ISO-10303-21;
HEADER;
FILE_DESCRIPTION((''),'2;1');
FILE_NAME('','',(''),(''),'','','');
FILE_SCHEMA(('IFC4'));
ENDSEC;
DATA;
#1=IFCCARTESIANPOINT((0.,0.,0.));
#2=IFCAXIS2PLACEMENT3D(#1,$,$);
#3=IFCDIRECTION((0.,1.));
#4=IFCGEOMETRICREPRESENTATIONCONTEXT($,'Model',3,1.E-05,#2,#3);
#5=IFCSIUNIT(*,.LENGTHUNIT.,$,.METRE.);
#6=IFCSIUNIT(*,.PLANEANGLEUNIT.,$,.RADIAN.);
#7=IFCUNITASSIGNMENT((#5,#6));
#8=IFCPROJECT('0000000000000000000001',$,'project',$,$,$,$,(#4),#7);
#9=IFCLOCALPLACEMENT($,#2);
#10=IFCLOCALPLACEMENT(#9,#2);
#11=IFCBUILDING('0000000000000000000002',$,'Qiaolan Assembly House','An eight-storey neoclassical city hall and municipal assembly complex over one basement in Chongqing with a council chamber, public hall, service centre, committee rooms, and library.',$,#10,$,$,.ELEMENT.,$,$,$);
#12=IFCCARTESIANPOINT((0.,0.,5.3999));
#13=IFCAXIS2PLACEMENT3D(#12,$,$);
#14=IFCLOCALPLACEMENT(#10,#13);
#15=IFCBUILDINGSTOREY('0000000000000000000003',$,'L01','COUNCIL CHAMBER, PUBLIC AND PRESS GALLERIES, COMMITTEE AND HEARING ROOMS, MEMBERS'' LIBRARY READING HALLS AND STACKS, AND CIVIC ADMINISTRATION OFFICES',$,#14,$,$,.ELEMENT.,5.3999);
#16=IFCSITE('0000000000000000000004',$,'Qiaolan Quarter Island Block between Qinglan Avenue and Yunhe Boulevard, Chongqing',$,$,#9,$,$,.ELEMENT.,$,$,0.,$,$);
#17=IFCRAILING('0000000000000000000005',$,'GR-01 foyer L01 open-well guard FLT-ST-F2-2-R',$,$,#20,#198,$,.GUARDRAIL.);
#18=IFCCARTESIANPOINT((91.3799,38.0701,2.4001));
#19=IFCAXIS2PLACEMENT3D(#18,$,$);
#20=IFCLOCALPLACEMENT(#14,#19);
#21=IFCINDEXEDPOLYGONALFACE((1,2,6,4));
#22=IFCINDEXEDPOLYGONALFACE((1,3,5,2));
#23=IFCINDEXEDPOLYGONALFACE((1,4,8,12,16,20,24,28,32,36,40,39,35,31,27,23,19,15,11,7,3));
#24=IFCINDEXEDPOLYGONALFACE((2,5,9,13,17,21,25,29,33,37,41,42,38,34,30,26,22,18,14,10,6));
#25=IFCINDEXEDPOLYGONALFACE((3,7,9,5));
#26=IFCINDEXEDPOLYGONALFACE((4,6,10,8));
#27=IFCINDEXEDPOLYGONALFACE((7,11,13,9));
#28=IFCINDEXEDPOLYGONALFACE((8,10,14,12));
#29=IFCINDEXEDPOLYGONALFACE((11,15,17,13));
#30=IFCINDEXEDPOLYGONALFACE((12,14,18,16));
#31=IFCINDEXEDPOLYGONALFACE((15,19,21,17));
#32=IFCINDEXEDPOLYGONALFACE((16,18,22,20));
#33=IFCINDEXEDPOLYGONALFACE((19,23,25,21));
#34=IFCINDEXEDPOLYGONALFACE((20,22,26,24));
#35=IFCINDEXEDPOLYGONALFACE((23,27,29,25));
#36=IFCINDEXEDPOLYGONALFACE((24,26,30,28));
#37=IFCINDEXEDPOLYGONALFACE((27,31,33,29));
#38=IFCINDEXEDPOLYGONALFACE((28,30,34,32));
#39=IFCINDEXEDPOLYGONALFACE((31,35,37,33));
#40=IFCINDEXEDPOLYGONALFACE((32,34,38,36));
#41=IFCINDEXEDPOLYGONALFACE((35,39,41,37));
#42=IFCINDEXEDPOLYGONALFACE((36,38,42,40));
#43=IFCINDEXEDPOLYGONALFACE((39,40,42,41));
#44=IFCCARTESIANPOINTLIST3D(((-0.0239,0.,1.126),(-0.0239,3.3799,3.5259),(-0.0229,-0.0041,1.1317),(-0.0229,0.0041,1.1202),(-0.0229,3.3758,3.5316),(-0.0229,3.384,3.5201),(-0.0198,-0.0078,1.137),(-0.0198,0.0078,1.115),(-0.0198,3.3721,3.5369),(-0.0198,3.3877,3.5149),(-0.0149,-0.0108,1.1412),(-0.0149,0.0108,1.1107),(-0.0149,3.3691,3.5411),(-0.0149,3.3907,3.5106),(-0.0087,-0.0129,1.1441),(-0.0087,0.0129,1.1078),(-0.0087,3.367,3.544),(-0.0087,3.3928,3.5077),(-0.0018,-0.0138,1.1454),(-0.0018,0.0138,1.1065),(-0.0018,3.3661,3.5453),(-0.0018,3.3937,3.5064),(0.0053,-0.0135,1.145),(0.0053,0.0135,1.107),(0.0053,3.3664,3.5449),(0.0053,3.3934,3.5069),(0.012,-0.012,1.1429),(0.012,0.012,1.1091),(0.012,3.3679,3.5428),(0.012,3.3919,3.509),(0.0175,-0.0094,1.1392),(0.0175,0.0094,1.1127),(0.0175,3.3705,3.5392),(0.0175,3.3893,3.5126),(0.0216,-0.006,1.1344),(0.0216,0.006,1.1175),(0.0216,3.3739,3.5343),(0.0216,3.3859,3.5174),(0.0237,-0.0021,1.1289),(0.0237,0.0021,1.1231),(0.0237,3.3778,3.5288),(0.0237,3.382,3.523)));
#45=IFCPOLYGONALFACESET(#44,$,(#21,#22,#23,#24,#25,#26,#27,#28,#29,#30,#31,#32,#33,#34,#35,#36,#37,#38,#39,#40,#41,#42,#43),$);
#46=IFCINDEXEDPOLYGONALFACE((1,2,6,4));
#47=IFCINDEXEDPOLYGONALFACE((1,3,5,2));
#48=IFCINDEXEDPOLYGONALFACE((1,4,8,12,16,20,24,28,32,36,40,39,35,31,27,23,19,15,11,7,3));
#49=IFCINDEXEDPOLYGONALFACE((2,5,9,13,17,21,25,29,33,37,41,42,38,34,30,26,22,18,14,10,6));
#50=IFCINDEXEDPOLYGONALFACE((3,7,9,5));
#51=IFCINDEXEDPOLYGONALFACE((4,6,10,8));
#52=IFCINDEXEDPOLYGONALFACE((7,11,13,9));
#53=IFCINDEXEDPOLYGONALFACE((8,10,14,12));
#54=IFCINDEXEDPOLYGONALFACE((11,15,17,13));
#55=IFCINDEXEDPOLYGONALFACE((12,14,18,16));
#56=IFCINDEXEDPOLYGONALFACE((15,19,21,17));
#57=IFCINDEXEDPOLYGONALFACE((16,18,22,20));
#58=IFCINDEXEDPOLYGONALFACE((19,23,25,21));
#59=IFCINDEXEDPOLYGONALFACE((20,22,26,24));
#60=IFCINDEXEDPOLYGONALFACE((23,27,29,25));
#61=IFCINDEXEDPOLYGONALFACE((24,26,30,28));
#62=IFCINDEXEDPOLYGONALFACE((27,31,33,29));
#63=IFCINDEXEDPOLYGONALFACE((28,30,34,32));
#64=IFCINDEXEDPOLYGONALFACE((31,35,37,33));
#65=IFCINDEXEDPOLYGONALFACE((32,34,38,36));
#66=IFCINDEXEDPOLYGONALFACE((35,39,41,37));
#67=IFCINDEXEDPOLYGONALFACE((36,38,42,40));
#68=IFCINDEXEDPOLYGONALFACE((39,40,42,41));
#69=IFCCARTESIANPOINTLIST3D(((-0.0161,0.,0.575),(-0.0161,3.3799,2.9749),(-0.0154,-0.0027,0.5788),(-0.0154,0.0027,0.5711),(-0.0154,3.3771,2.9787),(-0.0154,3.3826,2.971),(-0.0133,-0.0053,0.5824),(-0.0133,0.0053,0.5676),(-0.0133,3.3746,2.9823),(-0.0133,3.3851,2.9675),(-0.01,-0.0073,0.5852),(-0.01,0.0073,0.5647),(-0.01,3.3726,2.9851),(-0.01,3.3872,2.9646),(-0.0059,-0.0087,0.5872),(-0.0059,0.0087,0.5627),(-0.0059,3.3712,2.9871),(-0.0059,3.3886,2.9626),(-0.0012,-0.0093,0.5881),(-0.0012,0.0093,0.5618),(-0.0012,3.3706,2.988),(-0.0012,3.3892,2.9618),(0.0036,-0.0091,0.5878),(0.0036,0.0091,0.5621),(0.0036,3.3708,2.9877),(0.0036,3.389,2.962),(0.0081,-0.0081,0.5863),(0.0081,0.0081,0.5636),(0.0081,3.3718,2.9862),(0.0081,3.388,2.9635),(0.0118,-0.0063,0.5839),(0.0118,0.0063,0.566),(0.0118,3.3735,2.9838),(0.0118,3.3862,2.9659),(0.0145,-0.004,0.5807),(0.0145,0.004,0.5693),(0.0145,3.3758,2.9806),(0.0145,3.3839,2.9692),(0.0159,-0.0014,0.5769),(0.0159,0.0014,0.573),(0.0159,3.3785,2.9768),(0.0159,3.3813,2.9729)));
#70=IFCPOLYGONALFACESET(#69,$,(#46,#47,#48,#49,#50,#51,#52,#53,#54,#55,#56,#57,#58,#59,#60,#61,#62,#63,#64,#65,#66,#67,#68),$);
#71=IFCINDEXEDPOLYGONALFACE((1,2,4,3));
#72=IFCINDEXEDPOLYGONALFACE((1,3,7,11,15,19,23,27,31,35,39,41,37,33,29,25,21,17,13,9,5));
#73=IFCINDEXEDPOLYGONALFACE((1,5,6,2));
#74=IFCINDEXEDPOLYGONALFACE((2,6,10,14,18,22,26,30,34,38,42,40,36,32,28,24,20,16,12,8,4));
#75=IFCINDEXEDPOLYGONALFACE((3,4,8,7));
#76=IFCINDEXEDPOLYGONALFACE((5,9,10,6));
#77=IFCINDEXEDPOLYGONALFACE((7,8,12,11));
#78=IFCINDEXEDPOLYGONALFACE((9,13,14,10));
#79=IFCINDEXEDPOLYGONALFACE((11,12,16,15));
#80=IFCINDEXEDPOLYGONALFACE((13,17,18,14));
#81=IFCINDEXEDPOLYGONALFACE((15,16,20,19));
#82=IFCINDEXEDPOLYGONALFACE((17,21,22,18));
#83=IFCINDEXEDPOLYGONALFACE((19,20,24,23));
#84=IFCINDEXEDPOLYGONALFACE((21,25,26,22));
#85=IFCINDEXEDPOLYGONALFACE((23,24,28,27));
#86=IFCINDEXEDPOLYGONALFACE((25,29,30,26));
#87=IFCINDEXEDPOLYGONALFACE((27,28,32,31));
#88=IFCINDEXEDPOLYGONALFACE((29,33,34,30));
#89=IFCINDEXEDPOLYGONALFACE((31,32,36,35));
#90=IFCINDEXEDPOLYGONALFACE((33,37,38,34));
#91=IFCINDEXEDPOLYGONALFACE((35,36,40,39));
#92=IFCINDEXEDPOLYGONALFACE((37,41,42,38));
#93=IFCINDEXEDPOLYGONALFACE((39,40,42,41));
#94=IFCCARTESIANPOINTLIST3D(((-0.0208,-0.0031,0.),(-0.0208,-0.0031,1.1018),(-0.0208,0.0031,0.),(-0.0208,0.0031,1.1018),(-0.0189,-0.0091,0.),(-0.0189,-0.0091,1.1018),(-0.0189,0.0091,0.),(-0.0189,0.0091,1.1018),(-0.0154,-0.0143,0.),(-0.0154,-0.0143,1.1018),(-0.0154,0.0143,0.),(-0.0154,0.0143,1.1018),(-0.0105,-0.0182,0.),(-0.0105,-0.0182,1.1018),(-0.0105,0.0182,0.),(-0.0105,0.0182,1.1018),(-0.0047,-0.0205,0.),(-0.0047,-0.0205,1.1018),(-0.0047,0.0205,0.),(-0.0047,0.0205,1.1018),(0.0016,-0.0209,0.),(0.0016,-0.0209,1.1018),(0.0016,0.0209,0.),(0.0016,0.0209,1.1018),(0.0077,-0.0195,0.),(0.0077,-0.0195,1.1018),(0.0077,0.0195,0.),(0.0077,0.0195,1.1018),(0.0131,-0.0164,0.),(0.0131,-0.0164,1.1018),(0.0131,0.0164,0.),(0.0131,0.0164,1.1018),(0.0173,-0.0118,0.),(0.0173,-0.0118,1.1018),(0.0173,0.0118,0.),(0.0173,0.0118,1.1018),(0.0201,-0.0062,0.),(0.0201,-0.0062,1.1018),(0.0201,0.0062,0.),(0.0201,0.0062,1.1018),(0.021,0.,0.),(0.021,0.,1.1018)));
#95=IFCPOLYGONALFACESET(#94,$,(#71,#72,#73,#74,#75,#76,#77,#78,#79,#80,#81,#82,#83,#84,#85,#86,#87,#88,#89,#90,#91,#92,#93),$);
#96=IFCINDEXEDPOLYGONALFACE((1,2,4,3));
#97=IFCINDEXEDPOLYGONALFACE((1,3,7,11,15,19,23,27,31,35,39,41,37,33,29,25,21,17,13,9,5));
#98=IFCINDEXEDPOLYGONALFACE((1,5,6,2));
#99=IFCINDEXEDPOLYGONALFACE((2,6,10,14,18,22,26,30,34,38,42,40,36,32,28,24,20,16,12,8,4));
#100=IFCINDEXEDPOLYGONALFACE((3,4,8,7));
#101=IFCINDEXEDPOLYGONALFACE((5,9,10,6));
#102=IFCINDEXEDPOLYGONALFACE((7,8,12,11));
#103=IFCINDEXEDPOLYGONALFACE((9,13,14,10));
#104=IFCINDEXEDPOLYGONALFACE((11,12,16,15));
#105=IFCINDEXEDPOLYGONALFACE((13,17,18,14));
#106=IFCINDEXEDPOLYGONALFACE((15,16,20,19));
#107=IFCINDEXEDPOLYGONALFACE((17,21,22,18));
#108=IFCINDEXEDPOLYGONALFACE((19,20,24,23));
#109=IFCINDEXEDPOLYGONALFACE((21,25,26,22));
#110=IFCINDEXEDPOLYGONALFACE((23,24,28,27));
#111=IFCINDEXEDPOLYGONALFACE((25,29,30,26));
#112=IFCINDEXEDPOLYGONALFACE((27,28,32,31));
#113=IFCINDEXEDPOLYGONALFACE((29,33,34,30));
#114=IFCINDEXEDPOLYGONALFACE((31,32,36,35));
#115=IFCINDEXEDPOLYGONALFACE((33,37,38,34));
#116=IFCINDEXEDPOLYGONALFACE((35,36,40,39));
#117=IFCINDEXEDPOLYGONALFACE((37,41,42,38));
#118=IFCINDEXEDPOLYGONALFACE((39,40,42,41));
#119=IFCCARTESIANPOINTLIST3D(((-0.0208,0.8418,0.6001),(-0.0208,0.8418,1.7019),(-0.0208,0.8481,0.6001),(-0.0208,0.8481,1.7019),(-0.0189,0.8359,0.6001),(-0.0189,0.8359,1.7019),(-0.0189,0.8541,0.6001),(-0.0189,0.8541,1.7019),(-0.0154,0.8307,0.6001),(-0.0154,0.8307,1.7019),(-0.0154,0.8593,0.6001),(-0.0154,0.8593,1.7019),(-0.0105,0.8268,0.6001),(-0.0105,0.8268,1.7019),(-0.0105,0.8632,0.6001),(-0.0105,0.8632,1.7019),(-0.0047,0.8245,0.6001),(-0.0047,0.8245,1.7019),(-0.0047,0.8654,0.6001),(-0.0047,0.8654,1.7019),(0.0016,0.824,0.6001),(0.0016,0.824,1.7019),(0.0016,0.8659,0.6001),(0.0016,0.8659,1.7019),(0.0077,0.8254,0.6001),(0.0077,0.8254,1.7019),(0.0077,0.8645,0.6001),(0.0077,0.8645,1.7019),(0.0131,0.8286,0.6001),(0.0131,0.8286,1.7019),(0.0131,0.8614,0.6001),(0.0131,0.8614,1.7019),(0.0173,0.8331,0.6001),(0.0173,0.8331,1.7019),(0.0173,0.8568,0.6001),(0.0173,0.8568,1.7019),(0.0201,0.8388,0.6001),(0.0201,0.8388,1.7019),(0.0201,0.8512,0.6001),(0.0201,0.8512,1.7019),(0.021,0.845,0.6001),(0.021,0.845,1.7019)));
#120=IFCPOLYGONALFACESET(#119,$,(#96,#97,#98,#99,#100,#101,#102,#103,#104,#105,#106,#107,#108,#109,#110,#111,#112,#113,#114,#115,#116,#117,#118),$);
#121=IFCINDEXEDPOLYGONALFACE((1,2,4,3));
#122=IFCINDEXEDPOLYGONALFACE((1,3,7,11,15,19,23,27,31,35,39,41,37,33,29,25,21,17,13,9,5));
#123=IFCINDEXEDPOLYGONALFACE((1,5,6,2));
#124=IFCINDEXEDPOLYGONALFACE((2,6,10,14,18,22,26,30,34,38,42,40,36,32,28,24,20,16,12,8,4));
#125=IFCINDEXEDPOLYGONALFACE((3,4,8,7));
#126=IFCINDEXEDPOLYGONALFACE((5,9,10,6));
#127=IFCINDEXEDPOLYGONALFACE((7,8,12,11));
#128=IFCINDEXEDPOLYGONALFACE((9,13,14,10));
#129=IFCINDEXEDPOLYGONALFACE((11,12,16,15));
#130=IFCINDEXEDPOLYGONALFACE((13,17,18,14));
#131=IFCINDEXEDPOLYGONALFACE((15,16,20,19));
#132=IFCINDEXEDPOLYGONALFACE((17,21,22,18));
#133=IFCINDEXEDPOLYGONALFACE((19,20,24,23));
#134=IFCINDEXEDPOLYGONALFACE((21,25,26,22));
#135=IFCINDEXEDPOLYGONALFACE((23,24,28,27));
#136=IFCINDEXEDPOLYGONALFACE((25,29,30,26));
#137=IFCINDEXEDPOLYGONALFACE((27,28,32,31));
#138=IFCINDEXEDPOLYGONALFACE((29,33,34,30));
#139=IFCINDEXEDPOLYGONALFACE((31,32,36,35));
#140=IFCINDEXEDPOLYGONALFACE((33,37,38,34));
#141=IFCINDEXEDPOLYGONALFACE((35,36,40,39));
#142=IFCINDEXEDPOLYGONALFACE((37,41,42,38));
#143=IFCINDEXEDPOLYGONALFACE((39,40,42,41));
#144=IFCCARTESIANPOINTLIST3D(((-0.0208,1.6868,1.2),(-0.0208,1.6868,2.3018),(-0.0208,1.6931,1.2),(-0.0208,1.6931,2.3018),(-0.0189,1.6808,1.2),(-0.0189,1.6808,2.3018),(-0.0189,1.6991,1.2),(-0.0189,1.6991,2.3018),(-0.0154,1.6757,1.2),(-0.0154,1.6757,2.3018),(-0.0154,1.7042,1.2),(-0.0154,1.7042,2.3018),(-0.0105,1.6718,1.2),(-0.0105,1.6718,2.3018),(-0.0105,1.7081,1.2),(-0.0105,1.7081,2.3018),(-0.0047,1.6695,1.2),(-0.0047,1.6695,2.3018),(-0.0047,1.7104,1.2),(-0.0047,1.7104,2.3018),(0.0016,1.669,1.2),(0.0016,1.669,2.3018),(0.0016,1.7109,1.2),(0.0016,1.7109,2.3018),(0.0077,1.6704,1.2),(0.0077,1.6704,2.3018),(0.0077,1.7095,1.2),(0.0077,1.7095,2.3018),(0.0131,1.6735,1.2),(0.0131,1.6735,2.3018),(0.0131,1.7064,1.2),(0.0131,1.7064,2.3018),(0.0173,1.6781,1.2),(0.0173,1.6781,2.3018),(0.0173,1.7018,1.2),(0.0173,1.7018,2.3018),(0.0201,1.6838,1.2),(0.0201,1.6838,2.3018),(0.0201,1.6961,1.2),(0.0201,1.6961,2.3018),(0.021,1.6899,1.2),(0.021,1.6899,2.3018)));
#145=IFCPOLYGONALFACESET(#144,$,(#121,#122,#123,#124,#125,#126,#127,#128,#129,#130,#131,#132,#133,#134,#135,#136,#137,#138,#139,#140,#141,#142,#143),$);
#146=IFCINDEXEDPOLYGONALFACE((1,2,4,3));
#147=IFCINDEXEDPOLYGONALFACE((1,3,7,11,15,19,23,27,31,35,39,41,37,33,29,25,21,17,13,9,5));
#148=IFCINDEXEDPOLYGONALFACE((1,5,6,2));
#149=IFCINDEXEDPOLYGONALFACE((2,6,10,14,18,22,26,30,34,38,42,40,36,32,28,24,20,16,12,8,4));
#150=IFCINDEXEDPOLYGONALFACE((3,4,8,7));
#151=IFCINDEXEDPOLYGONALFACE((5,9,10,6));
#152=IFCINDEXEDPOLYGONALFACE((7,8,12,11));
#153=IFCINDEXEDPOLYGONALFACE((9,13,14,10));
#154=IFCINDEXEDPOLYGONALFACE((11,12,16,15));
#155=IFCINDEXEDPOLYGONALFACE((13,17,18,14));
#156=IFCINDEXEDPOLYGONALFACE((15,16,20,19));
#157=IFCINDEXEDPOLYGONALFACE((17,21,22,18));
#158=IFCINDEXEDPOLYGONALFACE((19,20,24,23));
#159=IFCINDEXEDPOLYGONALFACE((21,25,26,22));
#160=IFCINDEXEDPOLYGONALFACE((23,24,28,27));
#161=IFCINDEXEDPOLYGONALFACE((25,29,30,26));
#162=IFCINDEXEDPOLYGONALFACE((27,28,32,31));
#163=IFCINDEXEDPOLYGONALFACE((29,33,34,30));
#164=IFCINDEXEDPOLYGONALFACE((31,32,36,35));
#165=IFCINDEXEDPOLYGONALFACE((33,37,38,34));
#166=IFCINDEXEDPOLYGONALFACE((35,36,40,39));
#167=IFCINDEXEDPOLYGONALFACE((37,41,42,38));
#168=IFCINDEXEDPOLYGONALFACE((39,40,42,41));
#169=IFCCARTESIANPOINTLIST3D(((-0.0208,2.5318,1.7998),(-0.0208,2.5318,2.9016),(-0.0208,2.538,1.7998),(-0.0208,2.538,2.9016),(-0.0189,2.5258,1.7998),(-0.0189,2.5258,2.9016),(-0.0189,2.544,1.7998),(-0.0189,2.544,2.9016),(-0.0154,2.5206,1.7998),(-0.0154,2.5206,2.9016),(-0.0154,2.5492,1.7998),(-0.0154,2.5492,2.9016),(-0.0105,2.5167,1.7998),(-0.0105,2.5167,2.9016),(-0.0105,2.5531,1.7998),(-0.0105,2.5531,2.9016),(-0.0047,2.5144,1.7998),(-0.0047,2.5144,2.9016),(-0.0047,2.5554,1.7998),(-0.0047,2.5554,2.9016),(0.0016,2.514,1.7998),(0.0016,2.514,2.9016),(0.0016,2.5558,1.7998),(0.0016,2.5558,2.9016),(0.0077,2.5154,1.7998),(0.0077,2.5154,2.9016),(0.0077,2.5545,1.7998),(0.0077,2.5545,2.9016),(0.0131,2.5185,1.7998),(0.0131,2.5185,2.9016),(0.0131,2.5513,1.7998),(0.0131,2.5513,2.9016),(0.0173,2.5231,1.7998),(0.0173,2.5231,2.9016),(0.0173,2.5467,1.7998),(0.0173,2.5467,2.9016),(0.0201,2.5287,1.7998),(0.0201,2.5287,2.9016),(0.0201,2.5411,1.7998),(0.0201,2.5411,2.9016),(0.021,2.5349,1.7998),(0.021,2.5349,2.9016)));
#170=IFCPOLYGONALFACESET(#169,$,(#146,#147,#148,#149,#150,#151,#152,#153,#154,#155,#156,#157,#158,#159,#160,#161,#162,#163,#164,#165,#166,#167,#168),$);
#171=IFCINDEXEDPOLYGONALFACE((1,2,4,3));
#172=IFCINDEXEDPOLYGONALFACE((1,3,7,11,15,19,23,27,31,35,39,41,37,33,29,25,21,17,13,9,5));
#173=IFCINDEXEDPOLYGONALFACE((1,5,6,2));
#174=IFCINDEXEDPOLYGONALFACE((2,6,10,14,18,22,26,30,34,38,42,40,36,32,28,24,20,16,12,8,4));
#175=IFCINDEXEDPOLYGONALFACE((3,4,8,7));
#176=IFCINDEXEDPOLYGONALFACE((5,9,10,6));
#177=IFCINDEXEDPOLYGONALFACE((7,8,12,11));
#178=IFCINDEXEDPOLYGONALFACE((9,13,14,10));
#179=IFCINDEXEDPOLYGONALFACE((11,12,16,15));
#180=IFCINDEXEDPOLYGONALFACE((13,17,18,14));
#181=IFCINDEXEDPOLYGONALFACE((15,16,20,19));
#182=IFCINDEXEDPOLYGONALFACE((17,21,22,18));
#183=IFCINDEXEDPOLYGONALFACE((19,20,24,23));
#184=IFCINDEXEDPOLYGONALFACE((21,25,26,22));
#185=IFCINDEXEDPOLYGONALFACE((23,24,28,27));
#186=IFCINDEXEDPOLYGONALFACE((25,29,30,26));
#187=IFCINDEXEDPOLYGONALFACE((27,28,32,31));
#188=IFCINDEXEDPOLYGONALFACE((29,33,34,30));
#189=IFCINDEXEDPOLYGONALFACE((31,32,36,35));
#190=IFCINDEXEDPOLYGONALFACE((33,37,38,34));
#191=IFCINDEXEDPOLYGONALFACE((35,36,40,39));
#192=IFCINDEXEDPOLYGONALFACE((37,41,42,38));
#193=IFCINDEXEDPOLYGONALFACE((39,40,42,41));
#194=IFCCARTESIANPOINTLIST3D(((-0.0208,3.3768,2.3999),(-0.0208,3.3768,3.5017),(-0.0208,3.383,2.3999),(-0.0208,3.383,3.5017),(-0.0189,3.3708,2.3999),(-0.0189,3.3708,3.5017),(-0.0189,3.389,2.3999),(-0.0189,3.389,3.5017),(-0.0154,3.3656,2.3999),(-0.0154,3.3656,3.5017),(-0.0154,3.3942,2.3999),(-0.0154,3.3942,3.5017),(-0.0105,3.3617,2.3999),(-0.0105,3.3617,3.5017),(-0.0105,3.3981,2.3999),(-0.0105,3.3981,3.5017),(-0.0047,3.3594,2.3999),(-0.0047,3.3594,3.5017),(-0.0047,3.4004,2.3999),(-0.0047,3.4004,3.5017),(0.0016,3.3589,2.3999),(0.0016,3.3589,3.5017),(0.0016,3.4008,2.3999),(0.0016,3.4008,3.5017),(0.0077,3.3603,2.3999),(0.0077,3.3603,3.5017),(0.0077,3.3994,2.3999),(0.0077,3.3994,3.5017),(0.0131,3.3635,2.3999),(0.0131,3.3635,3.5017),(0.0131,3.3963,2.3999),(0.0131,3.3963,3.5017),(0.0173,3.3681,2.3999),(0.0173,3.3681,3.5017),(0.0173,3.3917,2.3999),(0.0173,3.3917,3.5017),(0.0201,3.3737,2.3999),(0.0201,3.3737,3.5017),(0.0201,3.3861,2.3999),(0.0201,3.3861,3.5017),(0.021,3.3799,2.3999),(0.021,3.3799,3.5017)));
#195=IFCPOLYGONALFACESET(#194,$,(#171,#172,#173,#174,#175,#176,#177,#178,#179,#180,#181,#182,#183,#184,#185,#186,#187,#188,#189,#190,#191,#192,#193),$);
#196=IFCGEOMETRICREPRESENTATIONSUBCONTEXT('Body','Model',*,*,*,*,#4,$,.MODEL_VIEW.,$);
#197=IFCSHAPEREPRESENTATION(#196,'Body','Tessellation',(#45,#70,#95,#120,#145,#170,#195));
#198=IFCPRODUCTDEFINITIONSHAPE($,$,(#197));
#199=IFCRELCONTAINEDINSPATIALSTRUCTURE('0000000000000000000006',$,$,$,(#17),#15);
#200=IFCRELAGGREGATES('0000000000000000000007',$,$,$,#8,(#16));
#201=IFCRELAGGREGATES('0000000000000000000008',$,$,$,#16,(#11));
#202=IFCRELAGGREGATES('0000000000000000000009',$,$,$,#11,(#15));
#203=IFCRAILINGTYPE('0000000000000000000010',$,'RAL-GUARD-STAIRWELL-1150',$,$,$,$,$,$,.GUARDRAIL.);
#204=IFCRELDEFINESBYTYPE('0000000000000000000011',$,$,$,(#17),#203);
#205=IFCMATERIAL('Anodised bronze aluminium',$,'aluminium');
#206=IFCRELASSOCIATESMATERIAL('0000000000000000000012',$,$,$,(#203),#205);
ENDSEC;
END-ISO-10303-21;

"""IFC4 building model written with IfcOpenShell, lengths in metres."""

from ifc_helpers import new_model, si_unit, direction, frame, origin, origin_2d, place, context, subcontext, project, spatial, circle, extrude, material, type_object, element, save


model = new_model("IFC4")

# Units and contexts
model_context = context("Model", 3, precision=1e-05, world=origin(), true_north=direction((0.0, 1.0)))
body_context = subcontext(model_context, "Body", "Model", "MODEL_VIEW")
ifc_project = project(units=[si_unit("LENGTHUNIT", "METRE"), si_unit("PLANEANGLEUNIT", "RADIAN")], contexts=[model_context])

# Site, building, storey
site_placement = place(None, origin())
site = spatial("IfcSite", under=ifc_project, at=site_placement, Name="Qiaolan Quarter Island Block between Qinglan Avenue and Yunhe Boulevard, Chongqing", CompositionType="ELEMENT", RefElevation=0.0)
building_placement = place(site_placement, origin())
building = spatial("IfcBuilding", under=site, at=building_placement, Name="Qiaolan Assembly House", Description="An eight-storey neoclassical city hall and municipal assembly complex over one basement in Chongqing with a council chamber, public hall, service centre, committee rooms, and library.", CompositionType="ELEMENT")
storey_placement = place(building_placement, frame((0.0, 0.0, 5.3999)))
storey = spatial("IfcBuildingStorey", under=building, at=storey_placement, Name="L01", Description="COUNCIL CHAMBER, PUBLIC AND PRESS GALLERIES, COMMITTEE AND HEARING ROOMS, MEMBERS' LIBRARY READING HALLS AND STACKS, AND CIVIC ADMINISTRATION OFFICES", CompositionType="ELEMENT", Elevation=5.3999)

# Railing
ifc_material_1 = material(Name="Anodised bronze aluminium", Category="aluminium")
railing_type = type_object("IfcRailingType", Name="RAL-GUARD-STAIRWELL-1150", PredefinedType="GUARDRAIL", material=ifc_material_1)
for number, where, name in (
    (1, (91.3799, 38.0701, 2.4001), "GR-01 foyer L01 open-well guard FLT-ST-F2-2-R"),
):
    element("IfcRailing", number, at=place(storey_placement, frame(where)), inside=storey, type_object=railing_type, Name=name, PredefinedType="GUARDRAIL", context=body_context, shape_type="SweptSolid", body=[
        extrude(circle(Radius=0.0239, at=origin_2d()), frame((0.0, 0.0, 1.126), z_axis=(0.0, 0.815362, 0.578952), x_axis=(-1.0, 0.0, 0.0)), (0.0, 0.0, 1.0), 4.1453),
        extrude(circle(Radius=0.0161, at=origin_2d()), frame((0.0, 0.0, 0.575), z_axis=(0.0, 0.815362, 0.578952), x_axis=(-1.0, 0.0, 0.0)), (0.0, 0.0, 1.0), 4.1453),
        extrude(circle(Radius=0.021, at=origin_2d()), origin(), (0.0, 0.0, 1.0), 1.1018),
        extrude(circle(Radius=0.021, at=origin_2d()), frame((0.0, 0.845, 0.6001)), (0.0, 0.0, 1.0), 1.1018),
        extrude(circle(Radius=0.021, at=origin_2d()), frame((0.0, 1.6899, 1.2)), (0.0, 0.0, 1.0), 1.1018),
        extrude(circle(Radius=0.021, at=origin_2d()), frame((0.0, 2.5349, 1.7998)), (0.0, 0.0, 1.0), 1.1018),
        extrude(circle(Radius=0.021, at=origin_2d()), frame((0.0, 3.3799, 2.3999)), (0.0, 0.0, 1.0), 1.1018),
    ])

save(model, "model.ifc")
